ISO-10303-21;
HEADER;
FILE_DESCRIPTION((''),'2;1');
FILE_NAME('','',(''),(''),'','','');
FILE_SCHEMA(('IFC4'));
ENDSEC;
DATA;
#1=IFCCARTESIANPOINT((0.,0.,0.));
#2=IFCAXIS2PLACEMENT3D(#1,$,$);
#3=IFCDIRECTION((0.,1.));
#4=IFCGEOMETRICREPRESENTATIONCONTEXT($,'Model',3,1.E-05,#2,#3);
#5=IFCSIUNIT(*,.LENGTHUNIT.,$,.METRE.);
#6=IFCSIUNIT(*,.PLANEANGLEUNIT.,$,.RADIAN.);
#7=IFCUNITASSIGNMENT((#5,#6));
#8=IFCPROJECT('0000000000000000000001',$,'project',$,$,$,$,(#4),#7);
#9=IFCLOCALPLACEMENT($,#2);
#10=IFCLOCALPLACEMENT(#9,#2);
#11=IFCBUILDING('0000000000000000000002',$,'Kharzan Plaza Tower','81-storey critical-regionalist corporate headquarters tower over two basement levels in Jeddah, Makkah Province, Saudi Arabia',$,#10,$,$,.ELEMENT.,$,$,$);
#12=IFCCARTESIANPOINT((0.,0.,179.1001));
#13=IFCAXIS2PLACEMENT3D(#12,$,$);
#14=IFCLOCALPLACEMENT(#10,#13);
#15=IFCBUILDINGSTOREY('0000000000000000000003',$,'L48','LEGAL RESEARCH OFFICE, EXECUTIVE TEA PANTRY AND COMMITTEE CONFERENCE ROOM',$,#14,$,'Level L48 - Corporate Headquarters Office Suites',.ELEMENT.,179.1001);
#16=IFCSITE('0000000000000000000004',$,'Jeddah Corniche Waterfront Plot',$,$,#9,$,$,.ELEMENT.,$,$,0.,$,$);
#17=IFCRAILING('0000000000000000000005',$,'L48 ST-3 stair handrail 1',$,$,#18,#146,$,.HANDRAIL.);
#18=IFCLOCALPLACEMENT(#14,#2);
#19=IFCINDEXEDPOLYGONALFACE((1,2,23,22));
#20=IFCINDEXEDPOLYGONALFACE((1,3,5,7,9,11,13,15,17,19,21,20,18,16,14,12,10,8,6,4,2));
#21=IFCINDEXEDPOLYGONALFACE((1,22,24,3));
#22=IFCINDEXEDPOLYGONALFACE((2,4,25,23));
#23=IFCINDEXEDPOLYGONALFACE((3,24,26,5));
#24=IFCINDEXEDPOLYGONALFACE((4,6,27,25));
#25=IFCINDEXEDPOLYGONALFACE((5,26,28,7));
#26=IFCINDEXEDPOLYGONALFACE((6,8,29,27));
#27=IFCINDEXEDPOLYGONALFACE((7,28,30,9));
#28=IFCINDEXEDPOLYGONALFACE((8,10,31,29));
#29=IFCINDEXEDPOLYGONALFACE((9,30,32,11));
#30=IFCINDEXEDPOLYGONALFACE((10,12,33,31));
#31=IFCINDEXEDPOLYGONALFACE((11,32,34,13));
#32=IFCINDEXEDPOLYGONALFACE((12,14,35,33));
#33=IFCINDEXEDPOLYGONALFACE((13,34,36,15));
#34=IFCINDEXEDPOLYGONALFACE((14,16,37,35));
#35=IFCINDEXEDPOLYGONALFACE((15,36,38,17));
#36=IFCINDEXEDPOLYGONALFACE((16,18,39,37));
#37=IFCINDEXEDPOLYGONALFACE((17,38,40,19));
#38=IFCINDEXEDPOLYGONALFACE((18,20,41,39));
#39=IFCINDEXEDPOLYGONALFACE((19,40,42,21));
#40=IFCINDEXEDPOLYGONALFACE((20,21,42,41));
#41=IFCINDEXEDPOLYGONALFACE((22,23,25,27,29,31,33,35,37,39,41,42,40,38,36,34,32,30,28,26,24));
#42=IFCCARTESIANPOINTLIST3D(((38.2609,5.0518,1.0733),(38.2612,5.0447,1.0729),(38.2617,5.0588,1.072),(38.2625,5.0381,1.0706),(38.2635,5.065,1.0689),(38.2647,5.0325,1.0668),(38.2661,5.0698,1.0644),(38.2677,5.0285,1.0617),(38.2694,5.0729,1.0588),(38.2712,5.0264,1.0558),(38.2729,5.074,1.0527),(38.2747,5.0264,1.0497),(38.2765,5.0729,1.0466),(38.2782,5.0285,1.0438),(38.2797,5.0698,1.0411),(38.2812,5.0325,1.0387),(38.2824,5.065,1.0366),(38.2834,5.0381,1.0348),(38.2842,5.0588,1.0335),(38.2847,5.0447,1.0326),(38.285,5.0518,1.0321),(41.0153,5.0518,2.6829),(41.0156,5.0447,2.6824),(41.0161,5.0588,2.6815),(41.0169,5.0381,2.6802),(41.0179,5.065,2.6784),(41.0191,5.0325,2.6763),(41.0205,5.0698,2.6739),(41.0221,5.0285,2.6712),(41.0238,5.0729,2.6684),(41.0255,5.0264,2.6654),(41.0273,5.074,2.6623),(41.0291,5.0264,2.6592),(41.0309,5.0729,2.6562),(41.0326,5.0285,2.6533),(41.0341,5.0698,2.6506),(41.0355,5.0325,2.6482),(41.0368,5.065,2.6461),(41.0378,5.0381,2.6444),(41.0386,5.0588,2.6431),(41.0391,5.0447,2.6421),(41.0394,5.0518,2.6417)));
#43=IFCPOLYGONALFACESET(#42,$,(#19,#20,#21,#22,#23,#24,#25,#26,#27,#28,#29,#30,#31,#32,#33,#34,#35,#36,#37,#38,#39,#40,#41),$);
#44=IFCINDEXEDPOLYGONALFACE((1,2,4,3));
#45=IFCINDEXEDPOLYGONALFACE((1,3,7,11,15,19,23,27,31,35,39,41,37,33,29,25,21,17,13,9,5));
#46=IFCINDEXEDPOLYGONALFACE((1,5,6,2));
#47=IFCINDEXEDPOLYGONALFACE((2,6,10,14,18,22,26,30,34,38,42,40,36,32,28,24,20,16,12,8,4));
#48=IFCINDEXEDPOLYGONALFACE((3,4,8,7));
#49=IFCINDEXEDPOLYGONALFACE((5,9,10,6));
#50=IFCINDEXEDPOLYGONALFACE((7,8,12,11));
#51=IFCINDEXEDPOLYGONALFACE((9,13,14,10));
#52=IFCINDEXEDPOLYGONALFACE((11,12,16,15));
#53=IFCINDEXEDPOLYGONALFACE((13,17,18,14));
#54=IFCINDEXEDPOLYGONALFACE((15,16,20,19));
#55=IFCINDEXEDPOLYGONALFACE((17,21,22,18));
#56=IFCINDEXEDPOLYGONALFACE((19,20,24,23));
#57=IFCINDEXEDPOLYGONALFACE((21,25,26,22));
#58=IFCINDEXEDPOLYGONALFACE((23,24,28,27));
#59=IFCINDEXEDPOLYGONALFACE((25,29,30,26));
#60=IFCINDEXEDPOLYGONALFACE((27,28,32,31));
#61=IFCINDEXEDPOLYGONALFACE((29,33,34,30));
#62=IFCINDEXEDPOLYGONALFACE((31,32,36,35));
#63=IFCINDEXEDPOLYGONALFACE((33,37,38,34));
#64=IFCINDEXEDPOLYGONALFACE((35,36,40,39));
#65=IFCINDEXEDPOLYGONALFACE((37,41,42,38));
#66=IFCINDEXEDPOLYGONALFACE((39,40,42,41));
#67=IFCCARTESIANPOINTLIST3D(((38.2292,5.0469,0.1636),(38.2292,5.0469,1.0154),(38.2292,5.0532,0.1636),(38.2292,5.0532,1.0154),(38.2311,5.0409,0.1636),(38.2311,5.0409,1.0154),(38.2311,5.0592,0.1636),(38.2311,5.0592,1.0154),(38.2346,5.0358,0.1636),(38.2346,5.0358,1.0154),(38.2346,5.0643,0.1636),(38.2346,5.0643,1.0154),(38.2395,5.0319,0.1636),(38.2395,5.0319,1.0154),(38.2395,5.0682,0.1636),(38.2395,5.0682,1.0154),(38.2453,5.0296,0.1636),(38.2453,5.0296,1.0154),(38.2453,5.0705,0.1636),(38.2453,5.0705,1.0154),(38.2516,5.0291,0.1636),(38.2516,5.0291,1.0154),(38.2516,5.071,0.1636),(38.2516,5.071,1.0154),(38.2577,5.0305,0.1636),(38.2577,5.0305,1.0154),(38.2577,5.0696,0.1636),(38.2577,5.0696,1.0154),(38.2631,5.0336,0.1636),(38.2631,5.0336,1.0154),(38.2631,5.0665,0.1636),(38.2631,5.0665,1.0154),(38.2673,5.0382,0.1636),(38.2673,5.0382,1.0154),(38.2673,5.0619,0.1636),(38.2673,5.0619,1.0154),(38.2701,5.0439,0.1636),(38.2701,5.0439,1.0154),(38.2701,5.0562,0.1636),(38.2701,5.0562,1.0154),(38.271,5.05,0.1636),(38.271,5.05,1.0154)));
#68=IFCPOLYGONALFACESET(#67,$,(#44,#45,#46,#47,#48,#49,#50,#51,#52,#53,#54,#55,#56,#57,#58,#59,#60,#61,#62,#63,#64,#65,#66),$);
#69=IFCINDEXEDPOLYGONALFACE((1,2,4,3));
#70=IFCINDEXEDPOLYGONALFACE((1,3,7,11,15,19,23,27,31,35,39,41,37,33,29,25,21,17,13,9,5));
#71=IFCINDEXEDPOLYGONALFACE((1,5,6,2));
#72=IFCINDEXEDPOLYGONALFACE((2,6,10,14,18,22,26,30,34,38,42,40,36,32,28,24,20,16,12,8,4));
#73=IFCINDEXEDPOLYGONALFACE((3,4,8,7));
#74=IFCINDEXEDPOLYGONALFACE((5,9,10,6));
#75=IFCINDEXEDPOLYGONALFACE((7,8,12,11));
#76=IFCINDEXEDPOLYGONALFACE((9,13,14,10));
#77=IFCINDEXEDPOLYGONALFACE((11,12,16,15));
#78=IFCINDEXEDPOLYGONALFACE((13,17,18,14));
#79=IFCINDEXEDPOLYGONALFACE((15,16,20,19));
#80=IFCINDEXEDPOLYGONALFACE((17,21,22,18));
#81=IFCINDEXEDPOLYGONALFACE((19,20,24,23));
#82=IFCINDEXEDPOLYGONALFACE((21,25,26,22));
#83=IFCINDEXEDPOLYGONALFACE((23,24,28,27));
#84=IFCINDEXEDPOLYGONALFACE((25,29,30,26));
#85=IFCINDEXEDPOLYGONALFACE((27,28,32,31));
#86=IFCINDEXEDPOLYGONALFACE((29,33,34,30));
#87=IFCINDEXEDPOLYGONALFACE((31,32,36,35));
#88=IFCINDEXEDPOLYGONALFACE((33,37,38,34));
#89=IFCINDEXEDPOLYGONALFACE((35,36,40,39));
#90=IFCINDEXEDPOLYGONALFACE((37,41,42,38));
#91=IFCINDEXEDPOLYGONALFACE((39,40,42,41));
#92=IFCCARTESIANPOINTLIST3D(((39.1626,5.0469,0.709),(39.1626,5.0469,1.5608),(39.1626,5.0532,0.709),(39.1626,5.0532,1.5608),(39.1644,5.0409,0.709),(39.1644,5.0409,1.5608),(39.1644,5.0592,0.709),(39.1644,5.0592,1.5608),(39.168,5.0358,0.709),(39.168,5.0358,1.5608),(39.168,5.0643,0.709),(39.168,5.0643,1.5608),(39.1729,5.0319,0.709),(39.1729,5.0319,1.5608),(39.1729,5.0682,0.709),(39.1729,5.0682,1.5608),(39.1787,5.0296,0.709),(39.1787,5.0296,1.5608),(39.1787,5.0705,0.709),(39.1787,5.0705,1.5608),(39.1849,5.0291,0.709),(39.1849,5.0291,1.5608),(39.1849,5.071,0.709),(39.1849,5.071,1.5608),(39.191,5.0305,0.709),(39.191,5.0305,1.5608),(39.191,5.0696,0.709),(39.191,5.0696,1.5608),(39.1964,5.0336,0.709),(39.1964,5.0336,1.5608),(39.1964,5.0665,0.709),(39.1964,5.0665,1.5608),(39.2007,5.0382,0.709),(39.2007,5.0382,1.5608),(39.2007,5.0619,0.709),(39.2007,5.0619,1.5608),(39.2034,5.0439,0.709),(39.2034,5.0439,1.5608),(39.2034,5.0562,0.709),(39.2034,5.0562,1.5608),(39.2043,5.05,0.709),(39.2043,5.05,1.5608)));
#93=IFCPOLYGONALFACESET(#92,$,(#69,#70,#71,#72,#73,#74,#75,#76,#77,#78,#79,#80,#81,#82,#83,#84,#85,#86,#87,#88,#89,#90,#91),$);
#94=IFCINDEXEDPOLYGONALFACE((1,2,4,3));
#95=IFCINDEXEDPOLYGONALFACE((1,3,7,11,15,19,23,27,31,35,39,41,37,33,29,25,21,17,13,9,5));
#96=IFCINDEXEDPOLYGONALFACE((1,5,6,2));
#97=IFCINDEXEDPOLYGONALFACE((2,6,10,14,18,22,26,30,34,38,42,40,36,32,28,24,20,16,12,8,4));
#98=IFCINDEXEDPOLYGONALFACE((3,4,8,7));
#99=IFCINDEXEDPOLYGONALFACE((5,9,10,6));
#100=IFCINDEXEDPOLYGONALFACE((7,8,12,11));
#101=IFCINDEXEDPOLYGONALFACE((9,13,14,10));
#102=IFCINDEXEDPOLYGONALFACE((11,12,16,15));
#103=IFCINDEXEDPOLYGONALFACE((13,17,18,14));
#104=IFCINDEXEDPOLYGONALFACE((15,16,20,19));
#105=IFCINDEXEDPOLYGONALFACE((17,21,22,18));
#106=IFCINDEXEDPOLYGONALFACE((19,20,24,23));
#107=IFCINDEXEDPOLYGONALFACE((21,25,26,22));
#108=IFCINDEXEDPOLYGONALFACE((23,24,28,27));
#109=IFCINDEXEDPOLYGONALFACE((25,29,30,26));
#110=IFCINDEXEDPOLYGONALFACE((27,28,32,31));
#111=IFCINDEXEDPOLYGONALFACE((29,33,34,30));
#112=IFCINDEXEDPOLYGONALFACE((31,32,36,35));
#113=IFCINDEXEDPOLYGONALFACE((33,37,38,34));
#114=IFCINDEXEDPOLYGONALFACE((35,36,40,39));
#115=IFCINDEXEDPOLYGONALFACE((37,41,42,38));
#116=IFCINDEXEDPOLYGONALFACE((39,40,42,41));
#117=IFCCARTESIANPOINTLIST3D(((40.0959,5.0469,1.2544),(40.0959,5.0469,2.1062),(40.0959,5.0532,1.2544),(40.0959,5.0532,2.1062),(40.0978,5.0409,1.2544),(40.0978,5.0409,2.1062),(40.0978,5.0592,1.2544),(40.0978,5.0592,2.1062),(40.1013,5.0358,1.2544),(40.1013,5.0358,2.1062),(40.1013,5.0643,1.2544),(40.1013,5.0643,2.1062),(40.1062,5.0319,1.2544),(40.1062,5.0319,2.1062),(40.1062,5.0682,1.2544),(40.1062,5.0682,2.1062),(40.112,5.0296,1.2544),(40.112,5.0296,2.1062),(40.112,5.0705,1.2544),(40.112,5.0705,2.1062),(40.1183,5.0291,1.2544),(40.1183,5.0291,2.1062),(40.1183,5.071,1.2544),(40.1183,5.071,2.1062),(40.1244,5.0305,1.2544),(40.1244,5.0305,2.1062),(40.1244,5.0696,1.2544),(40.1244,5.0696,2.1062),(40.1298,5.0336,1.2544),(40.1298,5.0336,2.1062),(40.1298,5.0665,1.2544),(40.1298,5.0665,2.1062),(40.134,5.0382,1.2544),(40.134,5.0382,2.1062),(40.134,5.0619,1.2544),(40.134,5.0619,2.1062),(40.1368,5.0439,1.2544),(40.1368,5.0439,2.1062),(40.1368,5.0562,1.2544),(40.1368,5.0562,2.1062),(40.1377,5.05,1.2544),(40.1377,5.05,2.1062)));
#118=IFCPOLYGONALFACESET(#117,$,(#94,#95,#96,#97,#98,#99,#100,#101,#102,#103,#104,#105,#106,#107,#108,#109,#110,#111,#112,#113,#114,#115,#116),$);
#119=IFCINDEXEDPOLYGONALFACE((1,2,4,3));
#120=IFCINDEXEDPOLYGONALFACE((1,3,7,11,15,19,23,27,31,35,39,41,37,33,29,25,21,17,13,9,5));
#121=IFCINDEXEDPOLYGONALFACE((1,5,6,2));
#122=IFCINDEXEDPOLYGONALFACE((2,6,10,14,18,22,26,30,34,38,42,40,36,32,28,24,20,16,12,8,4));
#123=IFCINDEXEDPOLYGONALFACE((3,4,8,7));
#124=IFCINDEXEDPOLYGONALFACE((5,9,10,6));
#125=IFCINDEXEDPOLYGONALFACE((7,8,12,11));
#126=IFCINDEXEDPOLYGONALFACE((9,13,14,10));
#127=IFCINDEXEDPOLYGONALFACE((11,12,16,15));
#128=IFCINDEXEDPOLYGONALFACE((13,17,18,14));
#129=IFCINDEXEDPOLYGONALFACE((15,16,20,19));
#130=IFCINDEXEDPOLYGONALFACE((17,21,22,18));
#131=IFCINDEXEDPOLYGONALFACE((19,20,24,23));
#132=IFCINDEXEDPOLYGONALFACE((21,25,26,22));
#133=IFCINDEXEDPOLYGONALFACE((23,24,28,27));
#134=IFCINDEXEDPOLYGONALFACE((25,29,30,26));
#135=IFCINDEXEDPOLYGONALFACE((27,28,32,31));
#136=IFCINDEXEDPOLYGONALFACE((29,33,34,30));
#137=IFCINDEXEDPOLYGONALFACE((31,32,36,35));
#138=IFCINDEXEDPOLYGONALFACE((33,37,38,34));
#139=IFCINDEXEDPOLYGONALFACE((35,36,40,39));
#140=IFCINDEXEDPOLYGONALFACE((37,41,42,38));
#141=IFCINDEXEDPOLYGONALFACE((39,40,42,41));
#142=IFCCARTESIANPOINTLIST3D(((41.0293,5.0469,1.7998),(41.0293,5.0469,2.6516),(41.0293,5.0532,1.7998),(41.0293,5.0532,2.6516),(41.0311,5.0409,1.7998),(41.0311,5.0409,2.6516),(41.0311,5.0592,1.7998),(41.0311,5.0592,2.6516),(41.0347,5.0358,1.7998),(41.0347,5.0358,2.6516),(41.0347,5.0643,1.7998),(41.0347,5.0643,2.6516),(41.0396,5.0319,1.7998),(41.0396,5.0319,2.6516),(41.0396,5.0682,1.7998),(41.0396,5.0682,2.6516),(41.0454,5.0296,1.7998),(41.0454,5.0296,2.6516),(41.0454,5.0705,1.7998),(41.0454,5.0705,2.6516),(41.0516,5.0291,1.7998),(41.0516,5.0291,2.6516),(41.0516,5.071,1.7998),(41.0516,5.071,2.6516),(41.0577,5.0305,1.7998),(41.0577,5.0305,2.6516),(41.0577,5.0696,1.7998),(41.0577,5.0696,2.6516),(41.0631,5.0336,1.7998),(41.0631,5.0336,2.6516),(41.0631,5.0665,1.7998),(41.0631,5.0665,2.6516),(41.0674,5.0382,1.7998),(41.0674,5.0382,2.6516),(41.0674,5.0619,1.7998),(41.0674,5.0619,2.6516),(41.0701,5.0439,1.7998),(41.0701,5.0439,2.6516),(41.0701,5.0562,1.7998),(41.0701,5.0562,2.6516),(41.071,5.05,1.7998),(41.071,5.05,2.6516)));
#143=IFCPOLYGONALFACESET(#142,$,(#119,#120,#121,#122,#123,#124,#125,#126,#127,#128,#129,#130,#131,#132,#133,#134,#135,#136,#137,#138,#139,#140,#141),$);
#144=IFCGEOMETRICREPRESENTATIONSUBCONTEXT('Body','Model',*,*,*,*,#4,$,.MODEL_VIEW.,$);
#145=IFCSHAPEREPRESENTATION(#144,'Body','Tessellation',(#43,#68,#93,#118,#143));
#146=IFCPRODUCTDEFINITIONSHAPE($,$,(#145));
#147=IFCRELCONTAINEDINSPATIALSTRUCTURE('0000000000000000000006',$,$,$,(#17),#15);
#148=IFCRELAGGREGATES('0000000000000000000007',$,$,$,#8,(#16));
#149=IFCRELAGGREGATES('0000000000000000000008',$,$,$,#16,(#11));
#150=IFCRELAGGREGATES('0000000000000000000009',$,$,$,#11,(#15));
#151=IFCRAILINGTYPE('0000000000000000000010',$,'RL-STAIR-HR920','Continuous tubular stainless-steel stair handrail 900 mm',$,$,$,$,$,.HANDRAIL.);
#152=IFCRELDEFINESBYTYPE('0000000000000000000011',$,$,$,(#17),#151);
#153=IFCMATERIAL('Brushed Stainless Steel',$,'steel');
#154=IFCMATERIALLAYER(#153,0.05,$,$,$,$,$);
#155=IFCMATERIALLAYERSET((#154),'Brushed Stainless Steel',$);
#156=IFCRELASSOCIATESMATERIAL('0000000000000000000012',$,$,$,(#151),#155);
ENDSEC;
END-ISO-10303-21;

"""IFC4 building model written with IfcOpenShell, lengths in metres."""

from ifc_helpers import new_model, si_unit, direction, frame, origin, origin_2d, place, context, subcontext, project, spatial, circle, extrude, source, transform, mapped, material, layer, layer_set, type_object, element, save


model = new_model("IFC4")

# Units and contexts
model_context = context("Model", 3, precision=1e-05, world=origin(), true_north=direction((0.0, 1.0)))
body_context = subcontext(model_context, "Body", "Model", "MODEL_VIEW")
ifc_project = project(units=[si_unit("LENGTHUNIT", "METRE"), si_unit("PLANEANGLEUNIT", "RADIAN")], contexts=[model_context])

# Site, building, storey
site_placement = place(None, origin())
site = spatial("IfcSite", under=ifc_project, at=site_placement, Name="Jeddah Corniche Waterfront Plot", CompositionType="ELEMENT", RefElevation=0.0)
building_placement = place(site_placement, origin())
building = spatial("IfcBuilding", under=site, at=building_placement, Name="Kharzan Plaza Tower", Description="81-storey critical-regionalist corporate headquarters tower over two basement levels in Jeddah, Makkah Province, Saudi Arabia", CompositionType="ELEMENT")
storey_placement = place(building_placement, frame((0.0, 0.0, 179.1001)))
storey = spatial("IfcBuildingStorey", under=building, at=storey_placement, Name="L48", Description="LEGAL RESEARCH OFFICE, EXECUTIVE TEA PANTRY AND COMMITTEE CONFERENCE ROOM", LongName="Level L48 - Corporate Headquarters Office Suites", CompositionType="ELEMENT", Elevation=179.1001)

# Railing
ifc_material_1 = material(Name="Brushed Stainless Steel", Category="steel")
ifc_layer_1 = layer(ifc_material_1, 0.05)
ifc_layer_set_1 = layer_set([ifc_layer_1], Name="Brushed Stainless Steel")
railing_type_1 = type_object("IfcRailingType", Name="RL-STAIR-HR920", Description="Continuous tubular stainless-steel stair handrail 900 mm", PredefinedType="HANDRAIL", material=ifc_layer_set_1)
shared_shape_1 = source(origin(), body_context, "Body", "SweptSolid", [
    extrude(circle(Radius=0.0239, at=origin_2d()), frame((0.0229, 0.0, 0.8892), z_axis=(0.863394, 0.0, 0.504531), x_axis=(0.0, 1.0, 0.0)), (0.0, 0.0, 1.0), 3.1902),
    extrude(circle(Radius=0.021, at=origin_2d()), origin(), (0.0, 0.0, 1.0), 0.8518),
    extrude(circle(Radius=0.021, at=origin_2d()), frame((0.9333, 0.0, 0.5454)), (0.0, 0.0, 1.0), 0.8518),
    extrude(circle(Radius=0.021, at=origin_2d()), frame((1.8667, 0.0, 1.0908)), (0.0, 0.0, 1.0), 0.8518),
    extrude(circle(Radius=0.021, at=origin_2d()), frame((2.8, 0.0, 1.6362)), (0.0, 0.0, 1.0), 0.8518),
])
railing_1_placement = place(storey_placement, frame((38.25, 5.05, 0.1636)))
element("IfcRailing", 1, at=railing_1_placement, inside=storey, type_object=railing_type_1, Name="L48 ST-3 stair handrail 1", PredefinedType="HANDRAIL", context=body_context, shape_type="MappedRepresentation", body=[
    mapped(shared_shape_1, transform((0.0, 0.0, 0.0), x_axis=(1.0, 0.0, 0.0), y_axis=(0.0, 1.0, 0.0), z_axis=(0.0, 0.0, 1.0))),
])

save(model, "model.ifc")
